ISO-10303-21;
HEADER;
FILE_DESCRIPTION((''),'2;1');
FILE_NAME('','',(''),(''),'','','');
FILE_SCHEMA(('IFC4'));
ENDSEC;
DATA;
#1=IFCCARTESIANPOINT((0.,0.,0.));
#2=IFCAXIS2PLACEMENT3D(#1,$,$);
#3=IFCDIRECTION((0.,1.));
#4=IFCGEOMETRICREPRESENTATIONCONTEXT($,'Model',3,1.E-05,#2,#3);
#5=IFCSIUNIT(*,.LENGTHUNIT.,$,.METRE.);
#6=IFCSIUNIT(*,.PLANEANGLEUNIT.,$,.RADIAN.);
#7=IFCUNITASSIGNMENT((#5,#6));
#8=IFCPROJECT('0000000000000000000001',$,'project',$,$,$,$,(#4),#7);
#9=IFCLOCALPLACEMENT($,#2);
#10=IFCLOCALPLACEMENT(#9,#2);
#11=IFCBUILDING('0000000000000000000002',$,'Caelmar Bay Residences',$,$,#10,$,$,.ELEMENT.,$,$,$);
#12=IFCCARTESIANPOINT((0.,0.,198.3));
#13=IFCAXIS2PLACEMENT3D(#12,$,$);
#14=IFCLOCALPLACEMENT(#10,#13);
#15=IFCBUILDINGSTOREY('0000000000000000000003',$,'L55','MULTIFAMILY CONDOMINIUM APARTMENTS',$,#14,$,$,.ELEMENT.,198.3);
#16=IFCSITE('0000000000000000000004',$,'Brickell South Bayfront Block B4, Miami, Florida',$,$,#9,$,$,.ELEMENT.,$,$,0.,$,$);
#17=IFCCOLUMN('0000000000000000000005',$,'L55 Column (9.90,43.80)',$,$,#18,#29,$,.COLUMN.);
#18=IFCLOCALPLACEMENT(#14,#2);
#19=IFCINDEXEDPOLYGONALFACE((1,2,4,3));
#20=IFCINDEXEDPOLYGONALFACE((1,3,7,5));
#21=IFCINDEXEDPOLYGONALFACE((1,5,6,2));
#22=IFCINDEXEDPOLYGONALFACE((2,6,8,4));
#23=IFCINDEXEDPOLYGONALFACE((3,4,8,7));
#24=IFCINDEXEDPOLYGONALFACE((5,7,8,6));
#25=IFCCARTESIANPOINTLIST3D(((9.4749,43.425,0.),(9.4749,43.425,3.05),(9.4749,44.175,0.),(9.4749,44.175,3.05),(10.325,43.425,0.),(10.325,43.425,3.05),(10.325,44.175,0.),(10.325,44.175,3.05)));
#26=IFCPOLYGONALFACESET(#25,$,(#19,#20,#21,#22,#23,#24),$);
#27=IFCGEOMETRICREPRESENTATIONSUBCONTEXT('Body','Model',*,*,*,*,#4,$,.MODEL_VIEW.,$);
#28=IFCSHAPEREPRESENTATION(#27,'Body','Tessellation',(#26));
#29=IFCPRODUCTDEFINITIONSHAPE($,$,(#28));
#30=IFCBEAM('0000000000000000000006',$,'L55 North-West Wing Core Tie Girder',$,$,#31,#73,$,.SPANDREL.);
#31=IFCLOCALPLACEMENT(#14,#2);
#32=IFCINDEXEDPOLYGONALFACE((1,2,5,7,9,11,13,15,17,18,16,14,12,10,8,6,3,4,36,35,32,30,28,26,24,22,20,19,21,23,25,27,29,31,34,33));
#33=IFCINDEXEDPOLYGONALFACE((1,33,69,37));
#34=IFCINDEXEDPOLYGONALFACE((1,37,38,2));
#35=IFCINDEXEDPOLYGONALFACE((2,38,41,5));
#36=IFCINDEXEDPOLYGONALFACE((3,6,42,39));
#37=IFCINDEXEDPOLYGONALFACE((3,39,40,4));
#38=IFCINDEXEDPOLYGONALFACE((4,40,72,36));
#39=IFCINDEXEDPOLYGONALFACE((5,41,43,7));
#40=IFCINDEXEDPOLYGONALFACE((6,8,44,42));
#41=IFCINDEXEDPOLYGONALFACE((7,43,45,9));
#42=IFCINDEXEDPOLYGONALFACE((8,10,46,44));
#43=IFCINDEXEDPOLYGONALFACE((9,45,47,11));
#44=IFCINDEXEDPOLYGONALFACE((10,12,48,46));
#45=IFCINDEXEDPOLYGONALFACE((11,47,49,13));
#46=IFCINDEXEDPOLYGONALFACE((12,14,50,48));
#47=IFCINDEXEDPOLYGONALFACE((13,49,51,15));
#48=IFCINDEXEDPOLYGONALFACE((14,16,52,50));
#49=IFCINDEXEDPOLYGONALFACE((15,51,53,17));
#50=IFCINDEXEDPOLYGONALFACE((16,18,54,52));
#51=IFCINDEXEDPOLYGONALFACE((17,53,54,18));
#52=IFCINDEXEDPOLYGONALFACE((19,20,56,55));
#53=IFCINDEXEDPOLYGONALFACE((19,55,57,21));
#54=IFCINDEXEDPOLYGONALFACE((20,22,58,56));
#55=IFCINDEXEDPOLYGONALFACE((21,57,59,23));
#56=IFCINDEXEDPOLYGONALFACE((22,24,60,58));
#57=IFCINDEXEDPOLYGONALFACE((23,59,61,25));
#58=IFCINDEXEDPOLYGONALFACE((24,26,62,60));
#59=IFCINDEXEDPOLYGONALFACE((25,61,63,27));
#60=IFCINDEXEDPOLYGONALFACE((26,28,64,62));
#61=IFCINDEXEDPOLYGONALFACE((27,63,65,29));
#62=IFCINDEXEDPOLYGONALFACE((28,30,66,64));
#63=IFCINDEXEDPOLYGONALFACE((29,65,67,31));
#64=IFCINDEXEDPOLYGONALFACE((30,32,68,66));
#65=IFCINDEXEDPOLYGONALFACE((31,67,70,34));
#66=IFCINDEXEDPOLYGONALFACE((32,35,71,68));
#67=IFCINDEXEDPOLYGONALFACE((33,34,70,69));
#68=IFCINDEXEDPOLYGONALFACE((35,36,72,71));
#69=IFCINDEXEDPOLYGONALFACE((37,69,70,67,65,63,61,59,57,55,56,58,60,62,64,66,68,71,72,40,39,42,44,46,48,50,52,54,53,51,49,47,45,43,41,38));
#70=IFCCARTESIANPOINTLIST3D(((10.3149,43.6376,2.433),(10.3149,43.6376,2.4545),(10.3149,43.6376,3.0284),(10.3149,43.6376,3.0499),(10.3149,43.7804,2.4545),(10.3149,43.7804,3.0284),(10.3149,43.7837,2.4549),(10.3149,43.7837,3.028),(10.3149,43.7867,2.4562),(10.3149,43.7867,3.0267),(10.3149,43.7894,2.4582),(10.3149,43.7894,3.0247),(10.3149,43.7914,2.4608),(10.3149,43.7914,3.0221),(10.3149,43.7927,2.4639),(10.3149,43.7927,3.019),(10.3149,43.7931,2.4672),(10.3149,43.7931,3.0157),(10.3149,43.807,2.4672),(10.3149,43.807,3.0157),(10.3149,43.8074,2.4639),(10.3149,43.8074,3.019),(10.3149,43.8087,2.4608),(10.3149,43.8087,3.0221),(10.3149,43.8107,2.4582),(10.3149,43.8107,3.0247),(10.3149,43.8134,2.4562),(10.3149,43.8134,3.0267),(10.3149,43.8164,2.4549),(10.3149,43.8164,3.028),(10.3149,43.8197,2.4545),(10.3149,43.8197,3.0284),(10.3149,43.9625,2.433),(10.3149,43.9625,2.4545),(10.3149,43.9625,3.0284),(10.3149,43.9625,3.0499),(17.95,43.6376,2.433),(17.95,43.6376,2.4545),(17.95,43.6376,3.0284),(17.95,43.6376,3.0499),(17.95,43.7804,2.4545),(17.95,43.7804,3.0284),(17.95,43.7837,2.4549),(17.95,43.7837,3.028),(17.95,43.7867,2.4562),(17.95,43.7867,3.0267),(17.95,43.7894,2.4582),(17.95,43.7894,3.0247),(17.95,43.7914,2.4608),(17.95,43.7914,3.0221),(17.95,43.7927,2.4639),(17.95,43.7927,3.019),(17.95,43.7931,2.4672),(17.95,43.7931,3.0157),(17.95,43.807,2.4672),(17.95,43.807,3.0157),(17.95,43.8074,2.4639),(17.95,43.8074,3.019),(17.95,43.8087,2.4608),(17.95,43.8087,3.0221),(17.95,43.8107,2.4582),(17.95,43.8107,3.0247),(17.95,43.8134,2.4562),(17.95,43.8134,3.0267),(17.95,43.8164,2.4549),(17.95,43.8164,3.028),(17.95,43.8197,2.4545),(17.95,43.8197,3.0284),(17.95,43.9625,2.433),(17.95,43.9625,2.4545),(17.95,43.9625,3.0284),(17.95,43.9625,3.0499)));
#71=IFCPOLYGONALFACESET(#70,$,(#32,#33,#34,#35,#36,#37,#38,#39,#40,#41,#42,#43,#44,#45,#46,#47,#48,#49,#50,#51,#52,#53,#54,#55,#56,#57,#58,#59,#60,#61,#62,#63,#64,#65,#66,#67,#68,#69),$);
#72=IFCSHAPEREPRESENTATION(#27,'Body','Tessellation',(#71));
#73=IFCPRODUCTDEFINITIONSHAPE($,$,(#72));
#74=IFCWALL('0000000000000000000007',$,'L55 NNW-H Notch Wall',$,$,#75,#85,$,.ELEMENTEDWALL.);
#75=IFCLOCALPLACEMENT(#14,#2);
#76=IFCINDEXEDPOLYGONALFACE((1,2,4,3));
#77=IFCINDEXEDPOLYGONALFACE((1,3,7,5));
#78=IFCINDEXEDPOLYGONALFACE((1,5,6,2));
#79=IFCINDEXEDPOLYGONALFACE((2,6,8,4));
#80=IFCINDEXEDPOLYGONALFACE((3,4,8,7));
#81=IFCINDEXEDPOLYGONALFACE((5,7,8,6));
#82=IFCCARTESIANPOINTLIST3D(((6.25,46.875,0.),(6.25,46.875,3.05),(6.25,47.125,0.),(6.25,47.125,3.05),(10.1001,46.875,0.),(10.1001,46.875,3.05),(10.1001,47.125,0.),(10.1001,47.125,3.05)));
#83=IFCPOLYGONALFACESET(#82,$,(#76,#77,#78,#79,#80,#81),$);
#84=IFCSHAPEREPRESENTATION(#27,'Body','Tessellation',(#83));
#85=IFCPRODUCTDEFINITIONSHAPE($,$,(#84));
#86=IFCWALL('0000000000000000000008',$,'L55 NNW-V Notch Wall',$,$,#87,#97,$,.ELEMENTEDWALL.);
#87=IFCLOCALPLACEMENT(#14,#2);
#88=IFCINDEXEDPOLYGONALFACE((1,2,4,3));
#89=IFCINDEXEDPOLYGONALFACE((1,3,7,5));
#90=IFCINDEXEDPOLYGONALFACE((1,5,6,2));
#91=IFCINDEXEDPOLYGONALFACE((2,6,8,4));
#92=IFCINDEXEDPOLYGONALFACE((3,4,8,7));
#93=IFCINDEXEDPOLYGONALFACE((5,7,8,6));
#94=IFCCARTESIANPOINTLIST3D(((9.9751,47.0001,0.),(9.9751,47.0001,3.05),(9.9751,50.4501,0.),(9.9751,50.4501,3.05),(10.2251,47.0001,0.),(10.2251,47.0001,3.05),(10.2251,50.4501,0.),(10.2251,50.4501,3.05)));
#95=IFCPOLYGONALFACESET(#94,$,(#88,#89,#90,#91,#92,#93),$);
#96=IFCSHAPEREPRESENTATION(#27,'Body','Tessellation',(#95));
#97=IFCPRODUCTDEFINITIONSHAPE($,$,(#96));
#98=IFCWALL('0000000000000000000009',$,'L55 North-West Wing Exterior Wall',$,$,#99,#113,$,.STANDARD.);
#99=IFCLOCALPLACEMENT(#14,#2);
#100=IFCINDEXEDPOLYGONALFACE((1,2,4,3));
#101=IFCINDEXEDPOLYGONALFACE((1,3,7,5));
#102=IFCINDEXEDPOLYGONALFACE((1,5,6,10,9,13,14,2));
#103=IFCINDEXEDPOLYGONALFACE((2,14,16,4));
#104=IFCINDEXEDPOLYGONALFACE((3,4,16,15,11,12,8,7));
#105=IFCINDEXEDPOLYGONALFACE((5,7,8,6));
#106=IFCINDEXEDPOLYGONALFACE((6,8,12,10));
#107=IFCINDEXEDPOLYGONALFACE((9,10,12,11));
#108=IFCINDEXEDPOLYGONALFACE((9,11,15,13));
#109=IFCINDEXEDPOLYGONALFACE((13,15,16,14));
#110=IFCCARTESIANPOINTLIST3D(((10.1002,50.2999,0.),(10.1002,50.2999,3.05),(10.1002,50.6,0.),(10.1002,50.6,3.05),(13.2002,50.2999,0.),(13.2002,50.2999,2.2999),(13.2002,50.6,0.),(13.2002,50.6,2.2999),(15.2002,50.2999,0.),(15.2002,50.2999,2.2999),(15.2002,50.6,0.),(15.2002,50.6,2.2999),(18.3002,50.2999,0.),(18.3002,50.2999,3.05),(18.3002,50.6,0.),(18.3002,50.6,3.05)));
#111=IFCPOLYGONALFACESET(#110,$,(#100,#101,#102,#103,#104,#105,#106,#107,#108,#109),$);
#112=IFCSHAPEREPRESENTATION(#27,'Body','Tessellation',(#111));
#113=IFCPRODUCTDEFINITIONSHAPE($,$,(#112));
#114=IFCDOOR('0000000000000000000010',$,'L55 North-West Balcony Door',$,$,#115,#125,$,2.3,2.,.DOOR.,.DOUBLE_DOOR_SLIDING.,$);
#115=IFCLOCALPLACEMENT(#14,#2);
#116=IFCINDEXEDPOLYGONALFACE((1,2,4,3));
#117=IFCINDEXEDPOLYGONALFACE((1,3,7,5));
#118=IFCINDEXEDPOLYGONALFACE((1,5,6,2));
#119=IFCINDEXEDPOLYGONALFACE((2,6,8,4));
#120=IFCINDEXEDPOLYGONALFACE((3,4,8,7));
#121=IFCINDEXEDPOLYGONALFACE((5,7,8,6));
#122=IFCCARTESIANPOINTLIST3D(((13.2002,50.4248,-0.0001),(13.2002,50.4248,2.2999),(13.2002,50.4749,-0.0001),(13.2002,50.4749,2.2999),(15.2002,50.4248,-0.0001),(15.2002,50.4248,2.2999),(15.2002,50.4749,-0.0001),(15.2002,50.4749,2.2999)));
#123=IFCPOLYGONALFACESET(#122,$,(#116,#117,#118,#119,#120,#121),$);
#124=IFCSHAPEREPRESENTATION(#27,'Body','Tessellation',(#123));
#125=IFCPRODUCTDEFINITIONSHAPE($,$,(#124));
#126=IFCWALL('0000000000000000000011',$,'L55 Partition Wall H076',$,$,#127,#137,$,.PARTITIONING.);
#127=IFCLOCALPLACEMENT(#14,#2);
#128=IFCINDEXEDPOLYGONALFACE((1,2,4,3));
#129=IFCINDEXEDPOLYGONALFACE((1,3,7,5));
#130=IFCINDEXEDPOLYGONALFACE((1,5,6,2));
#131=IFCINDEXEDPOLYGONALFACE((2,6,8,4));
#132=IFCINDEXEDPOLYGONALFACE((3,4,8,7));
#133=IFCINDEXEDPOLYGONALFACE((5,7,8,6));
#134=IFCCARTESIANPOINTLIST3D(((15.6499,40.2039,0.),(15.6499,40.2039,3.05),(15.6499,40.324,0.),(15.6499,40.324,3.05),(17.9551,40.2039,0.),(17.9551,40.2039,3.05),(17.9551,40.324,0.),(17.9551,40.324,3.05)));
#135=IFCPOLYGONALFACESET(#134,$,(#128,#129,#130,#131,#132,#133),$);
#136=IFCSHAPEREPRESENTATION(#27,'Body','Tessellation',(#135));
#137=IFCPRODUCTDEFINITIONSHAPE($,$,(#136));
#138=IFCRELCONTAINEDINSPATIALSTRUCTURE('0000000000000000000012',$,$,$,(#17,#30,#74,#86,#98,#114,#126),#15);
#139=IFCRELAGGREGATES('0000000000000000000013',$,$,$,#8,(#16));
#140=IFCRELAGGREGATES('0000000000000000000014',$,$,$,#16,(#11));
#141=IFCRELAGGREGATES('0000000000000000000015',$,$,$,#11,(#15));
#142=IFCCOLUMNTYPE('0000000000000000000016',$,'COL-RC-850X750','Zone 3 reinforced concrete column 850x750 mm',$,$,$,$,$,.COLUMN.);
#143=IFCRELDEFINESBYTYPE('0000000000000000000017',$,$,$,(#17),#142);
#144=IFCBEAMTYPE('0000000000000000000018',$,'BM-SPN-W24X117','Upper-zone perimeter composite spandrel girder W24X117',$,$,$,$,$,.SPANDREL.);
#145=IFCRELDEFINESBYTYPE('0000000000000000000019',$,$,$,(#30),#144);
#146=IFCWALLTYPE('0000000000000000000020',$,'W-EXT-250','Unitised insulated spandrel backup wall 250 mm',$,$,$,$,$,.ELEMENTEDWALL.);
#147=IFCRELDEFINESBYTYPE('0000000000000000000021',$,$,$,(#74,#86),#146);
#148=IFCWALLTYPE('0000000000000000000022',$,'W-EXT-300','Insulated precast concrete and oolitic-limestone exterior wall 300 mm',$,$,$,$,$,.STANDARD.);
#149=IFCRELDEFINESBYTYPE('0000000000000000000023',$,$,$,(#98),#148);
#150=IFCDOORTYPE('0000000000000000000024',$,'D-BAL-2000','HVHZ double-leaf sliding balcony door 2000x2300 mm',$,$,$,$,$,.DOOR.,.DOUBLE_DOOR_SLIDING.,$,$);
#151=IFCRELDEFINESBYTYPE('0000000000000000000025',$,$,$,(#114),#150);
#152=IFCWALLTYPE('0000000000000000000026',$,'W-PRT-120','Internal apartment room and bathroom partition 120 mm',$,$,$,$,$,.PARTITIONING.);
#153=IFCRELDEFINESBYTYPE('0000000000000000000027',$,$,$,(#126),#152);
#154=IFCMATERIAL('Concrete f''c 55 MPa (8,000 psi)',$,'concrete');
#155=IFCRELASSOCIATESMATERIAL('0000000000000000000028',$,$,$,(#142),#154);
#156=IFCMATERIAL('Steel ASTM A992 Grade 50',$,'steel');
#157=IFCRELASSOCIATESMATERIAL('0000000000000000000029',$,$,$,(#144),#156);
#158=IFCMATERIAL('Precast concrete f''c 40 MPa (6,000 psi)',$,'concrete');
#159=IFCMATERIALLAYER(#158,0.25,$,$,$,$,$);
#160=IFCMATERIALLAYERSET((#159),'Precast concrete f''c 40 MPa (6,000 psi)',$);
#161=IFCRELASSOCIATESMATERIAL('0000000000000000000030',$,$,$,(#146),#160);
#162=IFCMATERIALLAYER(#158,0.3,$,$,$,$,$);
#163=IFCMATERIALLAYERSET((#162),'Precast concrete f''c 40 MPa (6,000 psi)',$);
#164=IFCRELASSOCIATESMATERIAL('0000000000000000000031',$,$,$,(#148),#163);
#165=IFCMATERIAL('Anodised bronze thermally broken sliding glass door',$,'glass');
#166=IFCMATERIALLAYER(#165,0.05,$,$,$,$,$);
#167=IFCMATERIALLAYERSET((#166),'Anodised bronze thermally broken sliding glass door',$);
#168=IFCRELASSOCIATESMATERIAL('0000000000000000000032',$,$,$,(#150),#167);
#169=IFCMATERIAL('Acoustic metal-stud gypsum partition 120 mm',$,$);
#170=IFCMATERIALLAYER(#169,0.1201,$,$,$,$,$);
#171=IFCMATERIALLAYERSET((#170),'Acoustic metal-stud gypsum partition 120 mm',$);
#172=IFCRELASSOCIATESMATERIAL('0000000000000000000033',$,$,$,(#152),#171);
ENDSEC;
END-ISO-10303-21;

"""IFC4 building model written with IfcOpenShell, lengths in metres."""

from ifc_helpers import new_model, si_unit, direction, frame, frame_2d, origin, origin_2d, place, context, subcontext, project, spatial, rectangle, i_section, extrude, material, layer, layer_set, material_profile, profile_set, type_object, element, fill, save


model = new_model("IFC4")

# Units and contexts
model_context = context("Model", 3, precision=1e-05, world=origin(), true_north=direction((0.0, 1.0)))
body_context = subcontext(model_context, "Body", "Model", "MODEL_VIEW")
ifc_project = project(units=[si_unit("LENGTHUNIT", "METRE"), si_unit("PLANEANGLEUNIT", "RADIAN")], contexts=[model_context])

# Site, building, storey
site_placement = place(None, origin())
site = spatial("IfcSite", under=ifc_project, at=site_placement, Name="Brickell South Bayfront Block B4, Miami, Florida", CompositionType="ELEMENT", RefElevation=0.0)
building_placement = place(site_placement, origin())
building = spatial("IfcBuilding", under=site, at=building_placement, Name="Caelmar Bay Residences", CompositionType="ELEMENT")
storey_placement = place(building_placement, frame((0.0, 0.0, 198.3)))
storey = spatial("IfcBuildingStorey", under=building, at=storey_placement, Name="L55", Description="MULTIFAMILY CONDOMINIUM APARTMENTS", CompositionType="ELEMENT", Elevation=198.3)

# Column
ifc_material_1 = material(Name="Concrete f'c 55 MPa (8,000 psi)", Category="concrete")
ifc_material_profile_1 = material_profile(ifc_material_1, rectangle(XDim=0.8501, YDim=0.75, at=origin_2d()), Name="RC-COL-850X750")
ifc_profile_set_1 = profile_set([ifc_material_profile_1], Name="Concrete f'c 55 MPa (8,000 psi)")
column_type = type_object("IfcColumnType", Name="COL-RC-850X750", Description="Zone 3 reinforced concrete column 850x750 mm", PredefinedType="COLUMN", material=ifc_profile_set_1)
column_placement = place(storey_placement, frame((9.8999, 43.8, 0.0), z_axis=(0.0, 0.0, 1.0), x_axis=(1.0, 0.0, 0.0)))
element("IfcColumn", 1, at=column_placement, inside=storey, type_object=column_type, Name="L55 Column (9.90,43.80)", PredefinedType="COLUMN", context=body_context, shape_type="SweptSolid", body=[
    extrude(rectangle(XDim=0.8501, YDim=0.75, at=origin_2d()), origin(), (0.0, 0.0, 1.0), 3.05),
])

# Beam
ifc_material_2 = material(Name="Steel ASTM A992 Grade 50", Category="steel")
ifc_material_profile_2 = material_profile(ifc_material_2, i_section(OverallWidth=0.325, OverallDepth=0.6169, WebThickness=0.0139, FlangeThickness=0.0215, FilletRadius=0.0127, at=origin_2d()), Name="W24X117")
ifc_profile_set_2 = profile_set([ifc_material_profile_2], Name="Steel ASTM A992 Grade 50")
beam_type = type_object("IfcBeamType", Name="BM-SPN-W24X117", Description="Upper-zone perimeter composite spandrel girder W24X117", PredefinedType="SPANDREL", material=ifc_profile_set_2)
beam_placement = place(storey_placement, frame((10.3149, 43.8, 2.7415), z_axis=(1.0, 0.0, 0.0), x_axis=(0.0, 1.0, 0.0)))
element("IfcBeam", 2, at=beam_placement, inside=storey, type_object=beam_type, Name="L55 North-West Wing Core Tie Girder", PredefinedType="SPANDREL", context=body_context, shape_type="SweptSolid", body=[
    extrude(i_section(OverallWidth=0.325, OverallDepth=0.6169, WebThickness=0.0139, FlangeThickness=0.0215, FilletRadius=0.0127, at=origin_2d()), origin(), (0.0, 0.0, 1.0), 7.635),
])

# Walls
ifc_material_3 = material(Name="Precast concrete f'c 40 MPa (6,000 psi)", Category="concrete")
ifc_layer_1 = layer(ifc_material_3, 0.25)
ifc_layer_set_1 = layer_set([ifc_layer_1], Name="Precast concrete f'c 40 MPa (6,000 psi)")
wall_type_1 = type_object("IfcWallType", Name="W-EXT-250", Description="Unitised insulated spandrel backup wall 250 mm", PredefinedType="ELEMENTEDWALL", material=ifc_layer_set_1)
wall_1_placement = place(storey_placement, frame((6.25, 47.0, 0.0), z_axis=(0.0, 0.0, 1.0), x_axis=(1.0, 0.0, 0.0)))
element("IfcWall", 3, at=wall_1_placement, inside=storey, type_object=wall_type_1, Name="L55 NNW-H Notch Wall", PredefinedType="ELEMENTEDWALL", context=body_context, shape_type="SweptSolid", body=[
    extrude(rectangle(XDim=3.8501, YDim=0.25, at=frame_2d((1.925, 0.0))), origin(), (0.0, 0.0, 1.0), 3.05),
])
wall_2_placement = place(storey_placement, frame((10.1001, 47.0, 0.0), z_axis=(0.0, 0.0, 1.0), x_axis=(0.0, 1.0, 0.0)))
element("IfcWall", 4, at=wall_2_placement, inside=storey, type_object=wall_type_1, Name="L55 NNW-V Notch Wall", PredefinedType="ELEMENTEDWALL", context=body_context, shape_type="SweptSolid", body=[
    extrude(rectangle(XDim=3.45, YDim=0.25, at=frame_2d((1.7251, 0.0))), origin(), (0.0, 0.0, 1.0), 3.05),
])

# Wall, opening, door
ifc_layer_2 = layer(ifc_material_3, 0.3)
ifc_layer_set_2 = layer_set([ifc_layer_2], Name="Precast concrete f'c 40 MPa (6,000 psi)")
wall_type_2 = type_object("IfcWallType", Name="W-EXT-300", Description="Insulated precast concrete and oolitic-limestone exterior wall 300 mm", PredefinedType="STANDARD", material=ifc_layer_set_2)
wall_3_placement = place(storey_placement, frame((10.1001, 50.45, 0.0), z_axis=(0.0, 0.0, 1.0), x_axis=(1.0, 0.0, 0.0)))
wall_3 = element("IfcWall", 5, at=wall_3_placement, inside=storey, type_object=wall_type_2, Name="L55 North-West Wing Exterior Wall", PredefinedType="STANDARD", context=body_context, shape_type="SweptSolid", body=[
    extrude(rectangle(XDim=8.2, YDim=0.3, at=frame_2d((4.1001, 0.0))), origin(), (0.0, 0.0, 1.0), 3.05),
])
opening_1_placement = place(wall_3_placement, frame((3.1001, 0.0, 0.0)))
opening_1 = element("IfcOpeningElement", 6, at=opening_1_placement, cuts=wall_3, PredefinedType="OPENING", context=body_context, shape_type="SweptSolid", body=[
    extrude(rectangle(XDim=2.0, YDim=2.3, at=frame_2d((1.0, 1.1499))), frame((0.0, 0.1599, 0.0), z_axis=(0.0, -1.0, 0.0), x_axis=(1.0, 0.0, 0.0)), (0.0, 0.0, 1.0), 0.3201),
])
ifc_material_4 = material(Name="Anodised bronze thermally broken sliding glass door", Category="glass")
ifc_layer_3 = layer(ifc_material_4, 0.05)
ifc_layer_set_3 = layer_set([ifc_layer_3], Name="Anodised bronze thermally broken sliding glass door")
door_type_1 = type_object("IfcDoorType", Name="D-BAL-2000", Description="HVHZ double-leaf sliding balcony door 2000x2300 mm", OperationType="DOUBLE_DOOR_SLIDING", PredefinedType="DOOR", material=ifc_layer_set_3)
door_1_placement = place(opening_1_placement, origin())
door_1 = element("IfcDoor", 7, at=door_1_placement, inside=storey, type_object=door_type_1, Name="L55 North-West Balcony Door", OperationType="DOUBLE_DOOR_SLIDING", OverallHeight=2.3, OverallWidth=2.0, PredefinedType="DOOR", context=body_context, shape_type="SweptSolid", body=[
    extrude(rectangle(XDim=2.0, YDim=2.3, at=frame_2d((1.0, 1.1499))), frame((0.0, 0.0249, 0.0), z_axis=(0.0, -1.0, 0.0), x_axis=(1.0, 0.0, 0.0)), (0.0, 0.0, 1.0), 0.05),
])
fill(opening_1, door_1)
ifc_material_5 = material(Name="Acoustic metal-stud gypsum partition 120 mm")
ifc_layer_4 = layer(ifc_material_5, 0.1201)
ifc_layer_set_4 = layer_set([ifc_layer_4], Name="Acoustic metal-stud gypsum partition 120 mm")
wall_type_3 = type_object("IfcWallType", Name="W-PRT-120", Description="Internal apartment room and bathroom partition 120 mm", PredefinedType="PARTITIONING", material=ifc_layer_set_4)

# Wall
wall_4_placement = place(storey_placement, frame((15.6499, 40.2639, 0.0), z_axis=(0.0, 0.0, 1.0), x_axis=(1.0, 0.0, 0.0)))
element("IfcWall", 8, at=wall_4_placement, inside=storey, type_object=wall_type_3, Name="L55 Partition Wall H076", PredefinedType="PARTITIONING", context=body_context, shape_type="SweptSolid", body=[
    extrude(rectangle(XDim=2.3052, YDim=0.1201, at=frame_2d((1.1526, 0.0))), origin(), (0.0, 0.0, 1.0), 3.05),
])

save(model, "model.ifc")
